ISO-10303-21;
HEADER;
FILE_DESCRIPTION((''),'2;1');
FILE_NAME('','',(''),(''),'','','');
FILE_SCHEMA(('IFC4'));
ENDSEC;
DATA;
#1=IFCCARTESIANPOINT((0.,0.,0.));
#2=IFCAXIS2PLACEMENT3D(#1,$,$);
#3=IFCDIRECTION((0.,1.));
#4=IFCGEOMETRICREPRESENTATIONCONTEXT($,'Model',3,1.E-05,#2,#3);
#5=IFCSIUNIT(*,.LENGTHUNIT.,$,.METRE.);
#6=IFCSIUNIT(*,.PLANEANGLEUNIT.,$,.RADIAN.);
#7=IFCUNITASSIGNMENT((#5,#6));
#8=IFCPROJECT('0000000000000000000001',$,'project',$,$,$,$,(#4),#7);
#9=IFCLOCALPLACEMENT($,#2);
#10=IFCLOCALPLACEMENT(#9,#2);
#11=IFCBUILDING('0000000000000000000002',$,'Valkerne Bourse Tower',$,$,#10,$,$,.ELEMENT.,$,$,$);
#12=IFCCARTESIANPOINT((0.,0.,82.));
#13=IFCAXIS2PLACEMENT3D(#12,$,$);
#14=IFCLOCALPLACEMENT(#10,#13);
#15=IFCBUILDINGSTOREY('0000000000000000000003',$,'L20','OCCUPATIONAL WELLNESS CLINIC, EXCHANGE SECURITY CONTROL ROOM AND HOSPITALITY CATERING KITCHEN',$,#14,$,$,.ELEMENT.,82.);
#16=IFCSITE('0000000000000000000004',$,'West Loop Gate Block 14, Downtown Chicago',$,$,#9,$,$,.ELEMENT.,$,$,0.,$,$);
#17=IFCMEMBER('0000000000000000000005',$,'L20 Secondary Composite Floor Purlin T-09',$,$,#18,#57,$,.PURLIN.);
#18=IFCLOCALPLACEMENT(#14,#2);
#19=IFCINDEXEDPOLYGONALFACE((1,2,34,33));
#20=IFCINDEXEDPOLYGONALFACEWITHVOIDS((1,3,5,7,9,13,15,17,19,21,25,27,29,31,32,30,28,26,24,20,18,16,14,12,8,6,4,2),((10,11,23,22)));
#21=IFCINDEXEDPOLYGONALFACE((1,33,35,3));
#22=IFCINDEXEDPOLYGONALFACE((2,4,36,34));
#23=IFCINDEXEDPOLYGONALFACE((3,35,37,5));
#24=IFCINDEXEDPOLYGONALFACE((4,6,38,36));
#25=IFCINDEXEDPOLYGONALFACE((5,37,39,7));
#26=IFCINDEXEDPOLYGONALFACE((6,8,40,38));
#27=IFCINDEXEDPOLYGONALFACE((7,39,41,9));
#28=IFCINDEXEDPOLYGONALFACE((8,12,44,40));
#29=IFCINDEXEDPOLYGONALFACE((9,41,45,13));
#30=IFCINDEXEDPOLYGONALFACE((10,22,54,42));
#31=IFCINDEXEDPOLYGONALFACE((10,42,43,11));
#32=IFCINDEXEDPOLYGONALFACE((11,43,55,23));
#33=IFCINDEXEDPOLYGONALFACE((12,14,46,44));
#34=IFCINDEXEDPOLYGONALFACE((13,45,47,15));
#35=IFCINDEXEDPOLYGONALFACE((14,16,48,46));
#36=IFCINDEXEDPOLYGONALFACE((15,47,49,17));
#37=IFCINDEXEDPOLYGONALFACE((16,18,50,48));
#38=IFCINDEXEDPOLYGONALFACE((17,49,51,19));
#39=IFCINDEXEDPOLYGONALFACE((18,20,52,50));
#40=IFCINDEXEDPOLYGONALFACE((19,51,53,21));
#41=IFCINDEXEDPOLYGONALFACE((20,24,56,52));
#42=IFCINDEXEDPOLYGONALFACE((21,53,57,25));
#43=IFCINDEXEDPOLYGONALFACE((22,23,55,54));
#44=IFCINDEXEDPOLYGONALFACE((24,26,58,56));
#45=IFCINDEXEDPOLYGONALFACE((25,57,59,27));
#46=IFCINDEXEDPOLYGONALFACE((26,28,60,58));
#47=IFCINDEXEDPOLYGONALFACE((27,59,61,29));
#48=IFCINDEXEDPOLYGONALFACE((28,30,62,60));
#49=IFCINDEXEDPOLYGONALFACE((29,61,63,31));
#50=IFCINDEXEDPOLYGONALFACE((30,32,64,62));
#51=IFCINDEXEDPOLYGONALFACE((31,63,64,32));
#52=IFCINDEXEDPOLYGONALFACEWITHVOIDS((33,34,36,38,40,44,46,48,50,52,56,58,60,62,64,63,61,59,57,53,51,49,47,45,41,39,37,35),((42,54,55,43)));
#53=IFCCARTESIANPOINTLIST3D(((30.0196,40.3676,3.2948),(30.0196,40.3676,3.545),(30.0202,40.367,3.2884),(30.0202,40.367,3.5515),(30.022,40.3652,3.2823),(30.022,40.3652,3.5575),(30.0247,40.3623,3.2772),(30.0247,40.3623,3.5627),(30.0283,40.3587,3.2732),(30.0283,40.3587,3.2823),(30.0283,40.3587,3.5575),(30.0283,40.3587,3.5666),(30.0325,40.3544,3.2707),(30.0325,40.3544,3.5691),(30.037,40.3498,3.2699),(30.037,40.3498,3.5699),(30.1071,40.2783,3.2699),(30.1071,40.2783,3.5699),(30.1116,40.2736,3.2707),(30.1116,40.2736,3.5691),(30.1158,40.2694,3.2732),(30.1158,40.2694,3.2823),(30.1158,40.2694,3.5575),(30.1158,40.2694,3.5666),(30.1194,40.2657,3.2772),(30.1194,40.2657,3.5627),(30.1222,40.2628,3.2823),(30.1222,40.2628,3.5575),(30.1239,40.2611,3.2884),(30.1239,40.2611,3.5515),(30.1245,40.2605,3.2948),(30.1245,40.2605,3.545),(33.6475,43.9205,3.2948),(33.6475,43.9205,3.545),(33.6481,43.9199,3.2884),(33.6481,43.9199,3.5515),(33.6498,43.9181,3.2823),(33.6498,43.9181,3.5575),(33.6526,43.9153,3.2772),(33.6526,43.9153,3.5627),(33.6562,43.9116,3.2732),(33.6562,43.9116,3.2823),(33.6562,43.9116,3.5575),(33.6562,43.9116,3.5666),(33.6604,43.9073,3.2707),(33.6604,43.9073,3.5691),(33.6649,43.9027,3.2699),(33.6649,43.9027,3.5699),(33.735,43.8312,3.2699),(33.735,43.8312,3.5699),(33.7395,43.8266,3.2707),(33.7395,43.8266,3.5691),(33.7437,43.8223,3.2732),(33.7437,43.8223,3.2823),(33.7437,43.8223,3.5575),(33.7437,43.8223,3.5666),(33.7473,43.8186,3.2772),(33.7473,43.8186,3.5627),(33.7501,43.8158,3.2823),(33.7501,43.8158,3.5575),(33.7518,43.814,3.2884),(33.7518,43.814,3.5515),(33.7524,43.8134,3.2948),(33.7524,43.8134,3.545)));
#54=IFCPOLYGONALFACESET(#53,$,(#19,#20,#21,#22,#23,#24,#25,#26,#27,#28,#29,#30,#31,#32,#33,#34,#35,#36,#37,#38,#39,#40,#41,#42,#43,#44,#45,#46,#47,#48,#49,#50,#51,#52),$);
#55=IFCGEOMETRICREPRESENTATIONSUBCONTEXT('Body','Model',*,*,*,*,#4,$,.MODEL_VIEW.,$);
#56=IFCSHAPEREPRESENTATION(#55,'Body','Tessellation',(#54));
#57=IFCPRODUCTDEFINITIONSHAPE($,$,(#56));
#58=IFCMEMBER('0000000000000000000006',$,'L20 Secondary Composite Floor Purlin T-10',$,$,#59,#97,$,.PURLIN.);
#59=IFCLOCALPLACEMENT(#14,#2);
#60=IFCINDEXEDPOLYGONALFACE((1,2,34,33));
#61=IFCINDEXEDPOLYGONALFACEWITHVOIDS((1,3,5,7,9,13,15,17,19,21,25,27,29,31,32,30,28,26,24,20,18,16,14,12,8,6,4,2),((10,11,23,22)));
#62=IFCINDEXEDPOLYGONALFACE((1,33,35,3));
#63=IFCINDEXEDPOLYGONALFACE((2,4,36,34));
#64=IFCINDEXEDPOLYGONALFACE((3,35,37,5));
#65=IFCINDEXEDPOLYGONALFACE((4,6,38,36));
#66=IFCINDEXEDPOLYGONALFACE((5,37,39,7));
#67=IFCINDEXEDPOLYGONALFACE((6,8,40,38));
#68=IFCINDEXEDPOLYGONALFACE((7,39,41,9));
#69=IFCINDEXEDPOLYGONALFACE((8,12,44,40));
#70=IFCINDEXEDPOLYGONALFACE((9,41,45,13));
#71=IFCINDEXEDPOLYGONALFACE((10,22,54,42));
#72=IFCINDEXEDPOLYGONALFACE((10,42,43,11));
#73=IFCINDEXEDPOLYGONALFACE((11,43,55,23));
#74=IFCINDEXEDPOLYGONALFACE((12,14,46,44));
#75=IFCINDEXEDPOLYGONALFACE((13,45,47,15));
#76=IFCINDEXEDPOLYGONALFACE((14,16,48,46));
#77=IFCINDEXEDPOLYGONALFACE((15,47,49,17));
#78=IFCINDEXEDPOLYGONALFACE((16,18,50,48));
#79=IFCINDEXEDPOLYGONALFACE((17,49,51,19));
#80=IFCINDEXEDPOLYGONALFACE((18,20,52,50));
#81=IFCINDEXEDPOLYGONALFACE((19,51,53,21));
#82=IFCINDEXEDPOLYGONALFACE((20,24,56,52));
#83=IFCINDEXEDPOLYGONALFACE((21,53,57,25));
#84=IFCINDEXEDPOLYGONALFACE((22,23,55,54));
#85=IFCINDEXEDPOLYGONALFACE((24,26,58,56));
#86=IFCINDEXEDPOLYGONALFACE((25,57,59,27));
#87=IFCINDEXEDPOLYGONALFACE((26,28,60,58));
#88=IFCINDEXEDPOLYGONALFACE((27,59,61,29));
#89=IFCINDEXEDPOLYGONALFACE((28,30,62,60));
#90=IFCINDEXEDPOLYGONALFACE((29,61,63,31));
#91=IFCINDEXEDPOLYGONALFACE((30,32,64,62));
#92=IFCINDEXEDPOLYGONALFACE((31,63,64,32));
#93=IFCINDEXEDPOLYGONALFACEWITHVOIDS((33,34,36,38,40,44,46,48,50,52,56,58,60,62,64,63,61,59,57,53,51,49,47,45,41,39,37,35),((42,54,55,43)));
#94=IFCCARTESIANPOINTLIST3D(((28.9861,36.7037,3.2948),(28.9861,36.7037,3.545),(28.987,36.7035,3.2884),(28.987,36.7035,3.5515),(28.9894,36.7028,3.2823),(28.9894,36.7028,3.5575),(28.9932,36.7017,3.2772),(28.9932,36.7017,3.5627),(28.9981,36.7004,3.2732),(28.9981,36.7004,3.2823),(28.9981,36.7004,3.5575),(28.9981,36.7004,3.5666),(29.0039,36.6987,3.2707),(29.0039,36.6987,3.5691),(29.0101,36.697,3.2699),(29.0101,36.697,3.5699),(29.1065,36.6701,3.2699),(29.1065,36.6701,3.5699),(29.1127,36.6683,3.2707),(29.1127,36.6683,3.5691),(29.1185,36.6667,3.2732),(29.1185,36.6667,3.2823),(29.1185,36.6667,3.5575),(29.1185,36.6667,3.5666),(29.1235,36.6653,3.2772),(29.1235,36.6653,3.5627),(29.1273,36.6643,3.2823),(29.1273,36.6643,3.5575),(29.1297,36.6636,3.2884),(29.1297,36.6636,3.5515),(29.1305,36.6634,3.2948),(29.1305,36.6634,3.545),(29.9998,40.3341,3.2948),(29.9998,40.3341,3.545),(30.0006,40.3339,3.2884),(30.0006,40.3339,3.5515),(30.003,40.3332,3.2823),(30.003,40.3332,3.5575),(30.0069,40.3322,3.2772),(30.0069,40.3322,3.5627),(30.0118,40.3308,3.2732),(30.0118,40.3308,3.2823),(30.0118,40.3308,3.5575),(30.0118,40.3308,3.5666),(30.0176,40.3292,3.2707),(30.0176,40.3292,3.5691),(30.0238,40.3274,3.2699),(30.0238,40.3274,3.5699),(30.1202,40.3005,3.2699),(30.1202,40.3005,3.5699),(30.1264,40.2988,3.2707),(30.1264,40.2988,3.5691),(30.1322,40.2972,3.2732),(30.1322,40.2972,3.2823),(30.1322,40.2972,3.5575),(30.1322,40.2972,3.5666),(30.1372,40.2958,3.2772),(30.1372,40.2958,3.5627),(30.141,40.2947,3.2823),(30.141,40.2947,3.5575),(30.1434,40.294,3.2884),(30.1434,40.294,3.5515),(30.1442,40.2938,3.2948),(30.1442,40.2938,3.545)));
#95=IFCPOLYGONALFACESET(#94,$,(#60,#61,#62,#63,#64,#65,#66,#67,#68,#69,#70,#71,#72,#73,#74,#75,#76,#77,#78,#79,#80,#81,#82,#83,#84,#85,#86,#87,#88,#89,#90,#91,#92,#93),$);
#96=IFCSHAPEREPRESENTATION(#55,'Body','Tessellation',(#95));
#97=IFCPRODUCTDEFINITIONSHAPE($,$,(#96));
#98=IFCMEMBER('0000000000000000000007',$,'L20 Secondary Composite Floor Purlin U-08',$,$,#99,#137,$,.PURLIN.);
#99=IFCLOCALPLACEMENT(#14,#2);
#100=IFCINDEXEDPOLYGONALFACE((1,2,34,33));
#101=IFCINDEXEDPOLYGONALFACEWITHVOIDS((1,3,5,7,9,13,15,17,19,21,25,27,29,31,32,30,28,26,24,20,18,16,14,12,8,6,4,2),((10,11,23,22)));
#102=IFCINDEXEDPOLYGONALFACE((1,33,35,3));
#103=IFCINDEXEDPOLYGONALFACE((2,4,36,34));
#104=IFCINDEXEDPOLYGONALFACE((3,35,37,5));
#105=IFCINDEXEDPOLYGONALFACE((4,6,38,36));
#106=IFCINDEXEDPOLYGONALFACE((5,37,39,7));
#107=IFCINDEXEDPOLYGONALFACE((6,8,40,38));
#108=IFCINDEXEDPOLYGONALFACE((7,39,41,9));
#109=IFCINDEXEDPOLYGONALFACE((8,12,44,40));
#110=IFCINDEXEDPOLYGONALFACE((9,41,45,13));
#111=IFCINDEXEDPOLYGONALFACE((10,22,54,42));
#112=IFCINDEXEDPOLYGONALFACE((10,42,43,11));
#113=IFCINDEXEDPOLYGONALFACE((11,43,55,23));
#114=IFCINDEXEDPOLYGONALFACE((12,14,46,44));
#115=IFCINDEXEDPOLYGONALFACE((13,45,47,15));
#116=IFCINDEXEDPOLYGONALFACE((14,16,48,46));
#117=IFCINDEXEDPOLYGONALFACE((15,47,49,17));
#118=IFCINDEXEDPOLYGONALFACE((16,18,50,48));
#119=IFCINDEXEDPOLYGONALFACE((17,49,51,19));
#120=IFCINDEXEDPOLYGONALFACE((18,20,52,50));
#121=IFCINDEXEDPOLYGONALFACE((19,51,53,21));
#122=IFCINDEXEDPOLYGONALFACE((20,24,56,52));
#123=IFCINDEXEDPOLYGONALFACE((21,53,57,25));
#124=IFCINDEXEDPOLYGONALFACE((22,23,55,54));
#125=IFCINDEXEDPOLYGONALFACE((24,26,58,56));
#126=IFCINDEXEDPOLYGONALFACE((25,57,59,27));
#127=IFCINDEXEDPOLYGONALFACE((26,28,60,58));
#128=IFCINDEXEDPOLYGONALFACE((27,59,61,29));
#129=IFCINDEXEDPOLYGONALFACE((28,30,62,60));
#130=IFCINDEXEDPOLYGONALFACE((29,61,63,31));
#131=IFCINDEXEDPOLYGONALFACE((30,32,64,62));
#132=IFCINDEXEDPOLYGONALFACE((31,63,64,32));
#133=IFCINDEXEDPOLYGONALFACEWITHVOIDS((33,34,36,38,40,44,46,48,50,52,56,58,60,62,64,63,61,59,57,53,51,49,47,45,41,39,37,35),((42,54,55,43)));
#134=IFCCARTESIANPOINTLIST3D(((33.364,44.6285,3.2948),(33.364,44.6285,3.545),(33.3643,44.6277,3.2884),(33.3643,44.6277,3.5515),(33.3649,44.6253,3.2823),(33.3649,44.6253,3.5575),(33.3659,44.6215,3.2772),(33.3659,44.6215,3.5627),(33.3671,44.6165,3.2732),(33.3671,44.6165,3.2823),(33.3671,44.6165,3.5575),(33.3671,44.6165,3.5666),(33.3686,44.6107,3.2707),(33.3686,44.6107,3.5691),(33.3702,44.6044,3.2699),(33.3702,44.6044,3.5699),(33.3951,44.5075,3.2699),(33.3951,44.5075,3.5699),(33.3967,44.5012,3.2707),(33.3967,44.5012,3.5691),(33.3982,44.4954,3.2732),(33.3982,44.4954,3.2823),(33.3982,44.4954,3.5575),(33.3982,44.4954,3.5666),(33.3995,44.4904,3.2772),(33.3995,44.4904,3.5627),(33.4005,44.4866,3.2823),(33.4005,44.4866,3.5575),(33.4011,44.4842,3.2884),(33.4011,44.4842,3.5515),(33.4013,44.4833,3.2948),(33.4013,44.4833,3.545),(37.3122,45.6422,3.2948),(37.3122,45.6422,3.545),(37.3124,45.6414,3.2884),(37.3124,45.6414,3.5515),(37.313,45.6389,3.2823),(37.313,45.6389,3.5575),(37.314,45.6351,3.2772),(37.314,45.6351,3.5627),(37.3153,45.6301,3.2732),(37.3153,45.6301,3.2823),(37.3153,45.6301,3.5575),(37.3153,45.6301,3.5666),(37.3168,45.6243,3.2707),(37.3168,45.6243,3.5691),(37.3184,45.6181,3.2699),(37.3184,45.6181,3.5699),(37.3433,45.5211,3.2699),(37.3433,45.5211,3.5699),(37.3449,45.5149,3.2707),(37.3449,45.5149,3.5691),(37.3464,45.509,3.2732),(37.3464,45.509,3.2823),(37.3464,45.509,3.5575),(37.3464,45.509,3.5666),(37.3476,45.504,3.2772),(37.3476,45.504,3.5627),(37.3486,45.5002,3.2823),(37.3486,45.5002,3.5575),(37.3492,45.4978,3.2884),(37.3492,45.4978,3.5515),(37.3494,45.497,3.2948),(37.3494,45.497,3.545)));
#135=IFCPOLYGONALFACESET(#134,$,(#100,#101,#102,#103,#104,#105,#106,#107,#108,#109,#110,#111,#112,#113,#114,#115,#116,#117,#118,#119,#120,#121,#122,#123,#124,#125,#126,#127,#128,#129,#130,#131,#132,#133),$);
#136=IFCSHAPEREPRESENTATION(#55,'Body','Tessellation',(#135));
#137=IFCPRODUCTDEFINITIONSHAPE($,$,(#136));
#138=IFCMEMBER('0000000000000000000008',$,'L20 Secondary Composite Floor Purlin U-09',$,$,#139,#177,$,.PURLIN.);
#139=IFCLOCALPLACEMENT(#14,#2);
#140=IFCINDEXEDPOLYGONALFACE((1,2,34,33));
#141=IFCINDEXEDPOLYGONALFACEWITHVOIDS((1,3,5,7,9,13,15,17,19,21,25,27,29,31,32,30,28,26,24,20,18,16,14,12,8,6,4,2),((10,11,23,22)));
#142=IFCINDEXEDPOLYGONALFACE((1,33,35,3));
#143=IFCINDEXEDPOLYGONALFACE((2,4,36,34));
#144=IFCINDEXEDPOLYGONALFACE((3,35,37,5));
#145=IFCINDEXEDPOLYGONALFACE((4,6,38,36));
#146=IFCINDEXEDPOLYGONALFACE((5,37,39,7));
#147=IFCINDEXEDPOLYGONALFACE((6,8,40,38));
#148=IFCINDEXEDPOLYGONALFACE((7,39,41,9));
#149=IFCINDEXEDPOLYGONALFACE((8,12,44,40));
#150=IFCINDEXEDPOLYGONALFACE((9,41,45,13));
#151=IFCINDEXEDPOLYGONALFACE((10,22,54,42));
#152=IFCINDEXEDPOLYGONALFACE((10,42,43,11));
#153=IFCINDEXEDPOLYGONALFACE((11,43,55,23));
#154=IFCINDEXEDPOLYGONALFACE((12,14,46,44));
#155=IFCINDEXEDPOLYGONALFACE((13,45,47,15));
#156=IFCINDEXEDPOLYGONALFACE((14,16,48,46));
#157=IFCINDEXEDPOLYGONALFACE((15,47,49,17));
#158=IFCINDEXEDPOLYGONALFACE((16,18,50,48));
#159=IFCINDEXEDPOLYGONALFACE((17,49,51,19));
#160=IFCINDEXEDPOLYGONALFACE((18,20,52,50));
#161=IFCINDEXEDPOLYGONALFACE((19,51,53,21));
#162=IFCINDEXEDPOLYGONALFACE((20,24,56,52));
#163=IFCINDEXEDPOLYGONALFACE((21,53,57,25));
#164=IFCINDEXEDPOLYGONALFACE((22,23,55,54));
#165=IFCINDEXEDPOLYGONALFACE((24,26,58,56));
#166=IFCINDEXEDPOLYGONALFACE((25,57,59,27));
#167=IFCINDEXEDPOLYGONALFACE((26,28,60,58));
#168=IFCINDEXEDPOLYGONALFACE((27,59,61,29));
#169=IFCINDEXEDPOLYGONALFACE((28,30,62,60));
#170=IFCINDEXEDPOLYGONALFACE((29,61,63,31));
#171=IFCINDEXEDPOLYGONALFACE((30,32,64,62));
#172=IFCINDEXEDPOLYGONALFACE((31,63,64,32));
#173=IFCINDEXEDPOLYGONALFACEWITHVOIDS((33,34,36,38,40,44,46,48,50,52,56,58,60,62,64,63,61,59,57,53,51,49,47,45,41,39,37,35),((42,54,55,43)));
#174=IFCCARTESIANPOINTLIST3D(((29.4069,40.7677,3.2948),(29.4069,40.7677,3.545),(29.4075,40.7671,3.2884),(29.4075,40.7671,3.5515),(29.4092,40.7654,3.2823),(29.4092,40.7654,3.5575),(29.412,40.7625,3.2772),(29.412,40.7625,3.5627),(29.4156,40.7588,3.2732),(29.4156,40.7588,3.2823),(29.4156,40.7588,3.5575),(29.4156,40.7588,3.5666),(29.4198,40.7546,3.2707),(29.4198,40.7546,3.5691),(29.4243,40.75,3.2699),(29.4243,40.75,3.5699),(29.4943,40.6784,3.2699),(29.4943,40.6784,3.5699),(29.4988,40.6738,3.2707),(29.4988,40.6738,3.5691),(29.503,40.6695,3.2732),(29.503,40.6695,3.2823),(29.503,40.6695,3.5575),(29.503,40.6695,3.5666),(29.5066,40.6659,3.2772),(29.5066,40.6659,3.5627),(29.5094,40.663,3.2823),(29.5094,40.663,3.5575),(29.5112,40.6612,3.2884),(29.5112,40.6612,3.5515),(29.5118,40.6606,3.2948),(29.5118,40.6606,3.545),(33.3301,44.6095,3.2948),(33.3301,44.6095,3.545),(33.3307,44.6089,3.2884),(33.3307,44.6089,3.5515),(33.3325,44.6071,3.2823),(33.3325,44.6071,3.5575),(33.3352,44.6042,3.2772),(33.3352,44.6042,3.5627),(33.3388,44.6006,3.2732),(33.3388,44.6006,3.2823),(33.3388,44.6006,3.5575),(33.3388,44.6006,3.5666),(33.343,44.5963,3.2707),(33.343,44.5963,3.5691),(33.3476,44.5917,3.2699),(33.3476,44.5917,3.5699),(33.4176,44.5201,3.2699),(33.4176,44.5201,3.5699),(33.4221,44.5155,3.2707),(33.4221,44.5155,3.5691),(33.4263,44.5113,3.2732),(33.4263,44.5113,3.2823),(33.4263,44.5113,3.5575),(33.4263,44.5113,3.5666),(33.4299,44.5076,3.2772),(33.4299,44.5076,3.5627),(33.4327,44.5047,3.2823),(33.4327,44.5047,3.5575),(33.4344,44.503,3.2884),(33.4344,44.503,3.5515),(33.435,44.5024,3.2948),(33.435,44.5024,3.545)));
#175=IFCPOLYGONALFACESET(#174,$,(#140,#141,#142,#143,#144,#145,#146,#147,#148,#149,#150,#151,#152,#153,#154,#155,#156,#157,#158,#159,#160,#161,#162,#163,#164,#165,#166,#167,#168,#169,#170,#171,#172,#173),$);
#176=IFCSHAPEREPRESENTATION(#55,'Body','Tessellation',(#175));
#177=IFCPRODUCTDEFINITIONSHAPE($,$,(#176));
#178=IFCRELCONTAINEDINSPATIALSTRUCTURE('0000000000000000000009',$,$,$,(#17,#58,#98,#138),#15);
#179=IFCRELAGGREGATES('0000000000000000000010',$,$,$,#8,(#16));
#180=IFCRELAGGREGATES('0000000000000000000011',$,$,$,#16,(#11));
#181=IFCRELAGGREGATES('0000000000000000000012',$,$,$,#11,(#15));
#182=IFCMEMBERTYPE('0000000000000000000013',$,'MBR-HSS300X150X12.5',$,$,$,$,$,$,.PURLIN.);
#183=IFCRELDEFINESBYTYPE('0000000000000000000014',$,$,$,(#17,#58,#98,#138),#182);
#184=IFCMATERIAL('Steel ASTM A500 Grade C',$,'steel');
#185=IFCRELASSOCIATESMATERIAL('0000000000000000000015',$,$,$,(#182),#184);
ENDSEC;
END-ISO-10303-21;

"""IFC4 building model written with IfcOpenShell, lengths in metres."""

from ifc_helpers import new_model, si_unit, direction, frame, origin, origin_2d, place, context, subcontext, project, spatial, hollow_rectangle, extrude, material, material_profile, profile_set, type_object, element, save


model = new_model("IFC4")

# Units and contexts
model_context = context("Model", 3, precision=1e-05, world=origin(), true_north=direction((0.0, 1.0)))
body_context = subcontext(model_context, "Body", "Model", "MODEL_VIEW")
ifc_project = project(units=[si_unit("LENGTHUNIT", "METRE"), si_unit("PLANEANGLEUNIT", "RADIAN")], contexts=[model_context])

# Site, building, storey
site_placement = place(None, origin())
site = spatial("IfcSite", under=ifc_project, at=site_placement, Name="West Loop Gate Block 14, Downtown Chicago", CompositionType="ELEMENT", RefElevation=0.0)
building_placement = place(site_placement, origin())
building = spatial("IfcBuilding", under=site, at=building_placement, Name="Valkerne Bourse Tower", CompositionType="ELEMENT")
storey_placement = place(building_placement, frame((0.0, 0.0, 82.0)))
storey = spatial("IfcBuildingStorey", under=building, at=storey_placement, Name="L20", Description="OCCUPATIONAL WELLNESS CLINIC, EXCHANGE SECURITY CONTROL ROOM AND HOSPITALITY CATERING KITCHEN", CompositionType="ELEMENT", Elevation=82.0)

# Members
ifc_material_1 = material(Name="Steel ASTM A500 Grade C", Category="steel")
ifc_material_profile_1 = material_profile(ifc_material_1, hollow_rectangle(XDim=0.1499, YDim=0.3, WallThickness=0.0125, OuterFilletRadius=0.0249, at=origin_2d()), Name="HSS300X150X12.5")
ifc_profile_set_1 = profile_set([ifc_material_profile_1], Name="Steel ASTM A500 Grade C")
member_type_1 = type_object("IfcMemberType", Name="MBR-HSS300X150X12.5", PredefinedType="PURLIN", material=ifc_profile_set_1)
member_1_placement = place(storey_placement, frame((33.7, 43.8669, 3.4199), z_axis=(-0.714448, -0.699688, 0.0), x_axis=(0.699688, -0.714448, 0.0)))
element("IfcMember", 1, at=member_1_placement, inside=storey, type_object=member_type_1, Name="L20 Secondary Composite Floor Purlin T-09", PredefinedType="PURLIN", context=body_context, shape_type="SweptSolid", body=[
    extrude(hollow_rectangle(XDim=0.1499, YDim=0.3, WallThickness=0.0125, OuterFilletRadius=0.0249, at=origin_2d()), origin(), (0.0, 0.0, 1.0), 5.0779),
])
member_2_placement = place(storey_placement, frame((30.072, 40.314, 3.4199), z_axis=(-0.268933, -0.963159, 0.0), x_axis=(0.963159, -0.268933, 0.0)))
element("IfcMember", 2, at=member_2_placement, inside=storey, type_object=member_type_1, Name="L20 Secondary Composite Floor Purlin T-10", PredefinedType="PURLIN", context=body_context, shape_type="SweptSolid", body=[
    extrude(hollow_rectangle(XDim=0.1499, YDim=0.3, WallThickness=0.0125, OuterFilletRadius=0.0249, at=origin_2d()), origin(), (0.0, 0.0, 1.0), 3.7693),
])
member_3_placement = place(storey_placement, frame((37.3308, 45.5696, 3.4199), z_axis=(-0.968587, -0.248675, 0.0), x_axis=(0.248675, -0.968587, 0.0)))
element("IfcMember", 3, at=member_3_placement, inside=storey, type_object=member_type_1, Name="L20 Secondary Composite Floor Purlin U-08", PredefinedType="PURLIN", context=body_context, shape_type="SweptSolid", body=[
    extrude(hollow_rectangle(XDim=0.1499, YDim=0.3, WallThickness=0.0125, OuterFilletRadius=0.0249, at=origin_2d()), origin(), (0.0, 0.0, 1.0), 4.0762),
])
member_4_placement = place(storey_placement, frame((33.3826, 44.5559, 3.4199), z_axis=(-0.714493, -0.699643, 0.0), x_axis=(0.699643, -0.714493, 0.0)))
element("IfcMember", 4, at=member_4_placement, inside=storey, type_object=member_type_1, Name="L20 Secondary Composite Floor Purlin U-09", PredefinedType="PURLIN", context=body_context, shape_type="SweptSolid", body=[
    extrude(hollow_rectangle(XDim=0.1499, YDim=0.3, WallThickness=0.0125, OuterFilletRadius=0.0249, at=origin_2d()), origin(), (0.0, 0.0, 1.0), 5.491),
])

save(model, "model.ifc")
